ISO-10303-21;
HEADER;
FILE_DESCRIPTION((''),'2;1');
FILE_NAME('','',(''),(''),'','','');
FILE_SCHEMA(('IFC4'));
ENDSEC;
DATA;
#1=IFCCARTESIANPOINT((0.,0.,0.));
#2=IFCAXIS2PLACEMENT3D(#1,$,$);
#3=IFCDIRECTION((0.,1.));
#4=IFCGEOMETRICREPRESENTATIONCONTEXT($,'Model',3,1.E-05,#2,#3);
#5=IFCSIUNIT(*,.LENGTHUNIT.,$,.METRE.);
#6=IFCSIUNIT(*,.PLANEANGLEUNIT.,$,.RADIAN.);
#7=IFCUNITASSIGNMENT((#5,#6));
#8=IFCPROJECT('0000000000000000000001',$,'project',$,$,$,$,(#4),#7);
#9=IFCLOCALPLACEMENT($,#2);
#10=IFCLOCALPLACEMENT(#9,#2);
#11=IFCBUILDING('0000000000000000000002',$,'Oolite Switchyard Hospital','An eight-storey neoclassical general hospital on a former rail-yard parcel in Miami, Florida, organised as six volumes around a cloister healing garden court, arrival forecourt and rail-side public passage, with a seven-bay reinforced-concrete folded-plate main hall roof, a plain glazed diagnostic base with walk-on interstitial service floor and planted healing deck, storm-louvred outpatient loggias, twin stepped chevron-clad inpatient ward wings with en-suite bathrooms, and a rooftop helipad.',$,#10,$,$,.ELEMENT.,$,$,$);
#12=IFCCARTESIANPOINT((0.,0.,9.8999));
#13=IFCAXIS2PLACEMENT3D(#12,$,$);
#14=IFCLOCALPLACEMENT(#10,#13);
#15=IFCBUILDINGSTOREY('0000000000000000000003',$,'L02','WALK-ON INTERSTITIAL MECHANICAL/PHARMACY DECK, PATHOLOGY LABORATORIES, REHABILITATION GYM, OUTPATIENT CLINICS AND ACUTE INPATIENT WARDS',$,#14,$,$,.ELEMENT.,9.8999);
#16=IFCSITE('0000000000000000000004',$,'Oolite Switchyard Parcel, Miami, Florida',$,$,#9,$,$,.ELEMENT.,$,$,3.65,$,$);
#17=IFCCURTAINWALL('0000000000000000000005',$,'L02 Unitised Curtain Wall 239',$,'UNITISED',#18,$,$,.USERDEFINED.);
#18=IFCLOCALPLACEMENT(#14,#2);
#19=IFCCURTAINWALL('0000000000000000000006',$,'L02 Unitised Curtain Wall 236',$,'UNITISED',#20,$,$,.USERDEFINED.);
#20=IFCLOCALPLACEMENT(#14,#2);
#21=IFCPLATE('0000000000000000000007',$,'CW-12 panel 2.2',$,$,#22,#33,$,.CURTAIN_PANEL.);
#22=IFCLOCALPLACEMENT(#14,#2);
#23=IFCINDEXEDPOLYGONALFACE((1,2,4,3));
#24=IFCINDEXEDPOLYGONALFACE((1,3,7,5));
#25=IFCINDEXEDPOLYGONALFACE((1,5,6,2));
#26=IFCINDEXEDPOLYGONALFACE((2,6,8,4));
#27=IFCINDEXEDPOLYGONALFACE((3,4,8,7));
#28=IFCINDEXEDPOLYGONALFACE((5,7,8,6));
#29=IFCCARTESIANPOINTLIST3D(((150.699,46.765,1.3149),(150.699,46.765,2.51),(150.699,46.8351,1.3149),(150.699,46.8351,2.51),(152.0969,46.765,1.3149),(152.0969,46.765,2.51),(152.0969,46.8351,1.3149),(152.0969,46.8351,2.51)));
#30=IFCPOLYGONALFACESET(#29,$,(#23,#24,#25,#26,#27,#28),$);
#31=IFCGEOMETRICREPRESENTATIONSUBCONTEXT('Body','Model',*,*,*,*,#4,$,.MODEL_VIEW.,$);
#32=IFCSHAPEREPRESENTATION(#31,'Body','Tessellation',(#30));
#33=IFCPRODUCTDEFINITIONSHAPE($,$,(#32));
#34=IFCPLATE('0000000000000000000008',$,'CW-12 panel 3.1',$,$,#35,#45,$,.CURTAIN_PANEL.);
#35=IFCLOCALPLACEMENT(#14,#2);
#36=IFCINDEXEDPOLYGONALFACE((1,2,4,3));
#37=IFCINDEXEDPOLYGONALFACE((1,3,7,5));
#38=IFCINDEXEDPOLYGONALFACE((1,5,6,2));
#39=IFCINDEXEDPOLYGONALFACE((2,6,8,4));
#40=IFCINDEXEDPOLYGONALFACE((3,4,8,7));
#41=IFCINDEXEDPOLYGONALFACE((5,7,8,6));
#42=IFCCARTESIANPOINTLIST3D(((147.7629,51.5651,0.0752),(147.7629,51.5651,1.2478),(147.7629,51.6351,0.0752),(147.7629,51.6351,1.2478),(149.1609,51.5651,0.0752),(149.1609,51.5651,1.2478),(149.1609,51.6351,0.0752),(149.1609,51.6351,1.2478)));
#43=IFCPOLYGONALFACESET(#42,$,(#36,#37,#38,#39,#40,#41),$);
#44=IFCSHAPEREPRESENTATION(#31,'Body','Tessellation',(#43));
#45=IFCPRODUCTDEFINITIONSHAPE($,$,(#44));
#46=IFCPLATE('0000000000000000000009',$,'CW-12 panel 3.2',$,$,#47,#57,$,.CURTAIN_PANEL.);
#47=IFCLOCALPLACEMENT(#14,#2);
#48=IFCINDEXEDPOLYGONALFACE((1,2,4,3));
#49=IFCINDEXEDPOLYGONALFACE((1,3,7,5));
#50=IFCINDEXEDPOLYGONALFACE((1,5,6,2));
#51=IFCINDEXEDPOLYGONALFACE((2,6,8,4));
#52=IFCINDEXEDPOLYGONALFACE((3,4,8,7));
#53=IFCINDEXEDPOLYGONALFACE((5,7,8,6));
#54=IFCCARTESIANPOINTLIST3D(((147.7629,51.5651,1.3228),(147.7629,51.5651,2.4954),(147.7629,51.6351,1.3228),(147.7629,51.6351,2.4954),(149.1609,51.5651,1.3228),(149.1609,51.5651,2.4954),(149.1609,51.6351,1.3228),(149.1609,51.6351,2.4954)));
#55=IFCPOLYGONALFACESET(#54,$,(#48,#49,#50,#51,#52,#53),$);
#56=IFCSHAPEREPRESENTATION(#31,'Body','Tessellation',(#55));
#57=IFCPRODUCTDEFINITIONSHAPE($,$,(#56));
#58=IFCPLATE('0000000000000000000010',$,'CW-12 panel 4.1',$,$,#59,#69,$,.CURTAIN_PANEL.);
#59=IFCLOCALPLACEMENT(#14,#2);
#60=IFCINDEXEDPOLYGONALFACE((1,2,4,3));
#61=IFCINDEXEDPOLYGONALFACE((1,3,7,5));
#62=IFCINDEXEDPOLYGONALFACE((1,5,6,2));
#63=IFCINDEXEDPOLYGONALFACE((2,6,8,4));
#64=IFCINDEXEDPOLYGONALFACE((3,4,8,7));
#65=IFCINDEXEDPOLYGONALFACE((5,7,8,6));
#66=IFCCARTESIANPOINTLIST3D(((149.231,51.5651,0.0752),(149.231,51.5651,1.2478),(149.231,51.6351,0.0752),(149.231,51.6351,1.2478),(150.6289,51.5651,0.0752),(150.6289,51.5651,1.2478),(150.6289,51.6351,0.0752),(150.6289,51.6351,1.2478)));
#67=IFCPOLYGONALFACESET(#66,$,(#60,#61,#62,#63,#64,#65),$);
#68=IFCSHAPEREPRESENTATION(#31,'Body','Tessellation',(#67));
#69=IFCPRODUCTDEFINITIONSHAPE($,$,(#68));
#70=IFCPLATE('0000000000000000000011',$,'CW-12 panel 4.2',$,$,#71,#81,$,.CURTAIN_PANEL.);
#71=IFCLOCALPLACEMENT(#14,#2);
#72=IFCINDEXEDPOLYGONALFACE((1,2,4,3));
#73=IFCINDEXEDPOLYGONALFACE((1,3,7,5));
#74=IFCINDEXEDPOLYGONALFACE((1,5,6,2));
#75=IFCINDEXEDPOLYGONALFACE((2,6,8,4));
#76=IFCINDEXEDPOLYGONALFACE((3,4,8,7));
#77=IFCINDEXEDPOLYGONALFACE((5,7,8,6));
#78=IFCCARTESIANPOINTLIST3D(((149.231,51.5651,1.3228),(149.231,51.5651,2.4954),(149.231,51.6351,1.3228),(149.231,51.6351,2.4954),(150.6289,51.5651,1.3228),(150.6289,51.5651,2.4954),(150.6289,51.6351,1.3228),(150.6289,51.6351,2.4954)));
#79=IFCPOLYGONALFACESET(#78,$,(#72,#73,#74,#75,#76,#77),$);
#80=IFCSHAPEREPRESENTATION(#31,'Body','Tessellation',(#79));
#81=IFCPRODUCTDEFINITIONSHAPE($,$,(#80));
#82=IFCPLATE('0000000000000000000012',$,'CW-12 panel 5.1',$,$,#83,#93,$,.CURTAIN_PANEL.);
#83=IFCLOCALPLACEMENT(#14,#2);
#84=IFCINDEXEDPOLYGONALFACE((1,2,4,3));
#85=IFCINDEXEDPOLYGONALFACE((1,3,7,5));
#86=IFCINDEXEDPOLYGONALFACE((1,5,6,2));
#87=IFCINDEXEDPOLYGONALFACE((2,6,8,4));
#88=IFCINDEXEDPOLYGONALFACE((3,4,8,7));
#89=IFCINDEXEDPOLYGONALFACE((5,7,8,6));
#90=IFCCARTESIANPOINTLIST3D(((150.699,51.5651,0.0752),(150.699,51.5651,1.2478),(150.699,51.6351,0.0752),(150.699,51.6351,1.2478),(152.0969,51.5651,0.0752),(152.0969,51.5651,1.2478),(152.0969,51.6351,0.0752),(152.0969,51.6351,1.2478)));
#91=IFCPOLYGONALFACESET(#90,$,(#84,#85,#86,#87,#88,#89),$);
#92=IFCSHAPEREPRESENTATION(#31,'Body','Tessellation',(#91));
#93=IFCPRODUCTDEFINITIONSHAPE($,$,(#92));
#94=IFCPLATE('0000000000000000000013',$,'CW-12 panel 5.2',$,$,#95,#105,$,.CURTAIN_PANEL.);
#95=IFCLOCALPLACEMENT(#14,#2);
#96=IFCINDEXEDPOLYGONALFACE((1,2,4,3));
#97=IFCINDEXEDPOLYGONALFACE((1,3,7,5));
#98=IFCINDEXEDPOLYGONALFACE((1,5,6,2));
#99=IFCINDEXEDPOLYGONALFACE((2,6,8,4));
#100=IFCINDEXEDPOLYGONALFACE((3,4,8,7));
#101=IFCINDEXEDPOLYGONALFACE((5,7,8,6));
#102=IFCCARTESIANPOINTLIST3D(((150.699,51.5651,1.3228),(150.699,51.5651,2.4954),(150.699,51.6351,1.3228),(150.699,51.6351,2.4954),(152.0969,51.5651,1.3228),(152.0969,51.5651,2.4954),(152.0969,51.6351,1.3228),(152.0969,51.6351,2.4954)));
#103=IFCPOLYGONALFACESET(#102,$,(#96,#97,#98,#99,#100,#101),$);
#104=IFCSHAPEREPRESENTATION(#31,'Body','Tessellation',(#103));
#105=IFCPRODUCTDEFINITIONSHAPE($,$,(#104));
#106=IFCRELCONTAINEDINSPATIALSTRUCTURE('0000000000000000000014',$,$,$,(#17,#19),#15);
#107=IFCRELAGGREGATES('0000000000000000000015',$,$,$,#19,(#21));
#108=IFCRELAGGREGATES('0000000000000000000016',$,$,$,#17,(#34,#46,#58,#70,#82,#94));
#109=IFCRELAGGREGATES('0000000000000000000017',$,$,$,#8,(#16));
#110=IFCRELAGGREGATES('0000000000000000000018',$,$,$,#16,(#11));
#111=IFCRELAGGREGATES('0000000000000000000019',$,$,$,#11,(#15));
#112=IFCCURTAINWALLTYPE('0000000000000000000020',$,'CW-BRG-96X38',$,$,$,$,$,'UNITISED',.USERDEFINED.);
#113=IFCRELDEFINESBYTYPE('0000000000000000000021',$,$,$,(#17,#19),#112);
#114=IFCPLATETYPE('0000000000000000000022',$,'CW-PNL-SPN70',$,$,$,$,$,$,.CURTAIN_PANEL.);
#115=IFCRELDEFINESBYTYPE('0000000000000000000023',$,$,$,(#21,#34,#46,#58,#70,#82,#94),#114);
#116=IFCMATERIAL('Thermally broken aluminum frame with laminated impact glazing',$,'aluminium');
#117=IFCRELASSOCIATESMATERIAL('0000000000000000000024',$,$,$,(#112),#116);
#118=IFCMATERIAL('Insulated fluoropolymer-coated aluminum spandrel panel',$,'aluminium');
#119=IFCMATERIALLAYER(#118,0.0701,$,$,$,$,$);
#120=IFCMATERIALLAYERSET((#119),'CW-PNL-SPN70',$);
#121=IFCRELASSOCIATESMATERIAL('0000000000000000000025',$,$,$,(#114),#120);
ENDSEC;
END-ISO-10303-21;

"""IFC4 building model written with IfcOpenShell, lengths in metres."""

from ifc_helpers import new_model, si_unit, direction, frame, origin, origin_2d, place, context, subcontext, project, spatial, rectangle, extrude, material, layer, layer_set, type_object, element, aggregate, save


model = new_model("IFC4")

# Units and contexts
model_context = context("Model", 3, precision=1e-05, world=origin(), true_north=direction((0.0, 1.0)))
body_context = subcontext(model_context, "Body", "Model", "MODEL_VIEW")
ifc_project = project(units=[si_unit("LENGTHUNIT", "METRE"), si_unit("PLANEANGLEUNIT", "RADIAN")], contexts=[model_context])

# Site, building, storey
site_placement = place(None, origin())
site = spatial("IfcSite", under=ifc_project, at=site_placement, Name="Oolite Switchyard Parcel, Miami, Florida", CompositionType="ELEMENT", RefElevation=3.65)
building_placement = place(site_placement, origin())
building = spatial("IfcBuilding", under=site, at=building_placement, Name="Oolite Switchyard Hospital", Description="An eight-storey neoclassical general hospital on a former rail-yard parcel in Miami, Florida, organised as six volumes around a cloister healing garden court, arrival forecourt and rail-side public passage, with a seven-bay reinforced-concrete folded-plate main hall roof, a plain glazed diagnostic base with walk-on interstitial service floor and planted healing deck, storm-louvred outpatient loggias, twin stepped chevron-clad inpatient ward wings with en-suite bathrooms, and a rooftop helipad.", CompositionType="ELEMENT")
storey_placement = place(building_placement, frame((0.0, 0.0, 9.8999)))
storey = spatial("IfcBuildingStorey", under=building, at=storey_placement, Name="L02", Description="WALK-ON INTERSTITIAL MECHANICAL/PHARMACY DECK, PATHOLOGY LABORATORIES, REHABILITATION GYM, OUTPATIENT CLINICS AND ACUTE INPATIENT WARDS", CompositionType="ELEMENT", Elevation=9.8999)

# Curtain walls
ifc_material_1 = material(Name="Thermally broken aluminum frame with laminated impact glazing", Category="aluminium")
curtain_wall_type = type_object("IfcCurtainWallType", Name="CW-BRG-96X38", ElementType="UNITISED", PredefinedType="USERDEFINED", material=ifc_material_1)
curtain_wall_1_placement = place(storey_placement, origin())
curtain_wall_1 = element("IfcCurtainWall", 1, at=curtain_wall_1_placement, inside=storey, type_object=curtain_wall_type, Name="L02 Unitised Curtain Wall 239", ObjectType="UNITISED", PredefinedType="USERDEFINED")
curtain_wall_2_placement = place(storey_placement, origin())
curtain_wall_2 = element("IfcCurtainWall", 2, at=curtain_wall_2_placement, inside=storey, type_object=curtain_wall_type, Name="L02 Unitised Curtain Wall 236", ObjectType="UNITISED", PredefinedType="USERDEFINED")

# Plates
ifc_material_2 = material(Name="Insulated fluoropolymer-coated aluminum spandrel panel", Category="aluminium")
ifc_layer = layer(ifc_material_2, 0.0701)
ifc_layer_set = layer_set([ifc_layer], Name="CW-PNL-SPN70")
plate_type = type_object("IfcPlateType", Name="CW-PNL-SPN70", PredefinedType="CURTAIN_PANEL", material=ifc_layer_set)
plate_1_placement = place(storey_placement, frame((151.3979, 46.8, 1.3149), z_axis=(0.0, 0.0, 1.0), x_axis=(-1.0, 0.0, 0.0)))
plate_1 = element("IfcPlate", 3, at=plate_1_placement, type_object=plate_type, Name="CW-12 panel 2.2", PredefinedType="CURTAIN_PANEL", context=body_context, shape_type="SweptSolid", body=[
    extrude(rectangle(XDim=1.3979, YDim=0.0701, at=origin_2d()), origin(), (0.0, 0.0, 1.0), 1.1951),
])
aggregate(curtain_wall_2, [plate_1])
plate_2_placement = place(storey_placement, frame((148.4619, 51.6001, 0.0752), z_axis=(0.0, 0.0, 1.0), x_axis=(1.0, 0.0, 0.0)))
plate_2 = element("IfcPlate", 4, at=plate_2_placement, type_object=plate_type, Name="CW-12 panel 3.1", PredefinedType="CURTAIN_PANEL", context=body_context, shape_type="SweptSolid", body=[
    extrude(rectangle(XDim=1.3979, YDim=0.0701, at=origin_2d()), origin(), (0.0, 0.0, 1.0), 1.1726),
])
plate_3_placement = place(storey_placement, frame((148.4619, 51.6001, 1.3228), z_axis=(0.0, 0.0, 1.0), x_axis=(1.0, 0.0, 0.0)))
plate_3 = element("IfcPlate", 5, at=plate_3_placement, type_object=plate_type, Name="CW-12 panel 3.2", PredefinedType="CURTAIN_PANEL", context=body_context, shape_type="SweptSolid", body=[
    extrude(rectangle(XDim=1.3979, YDim=0.0701, at=origin_2d()), origin(), (0.0, 0.0, 1.0), 1.1726),
])
plate_4_placement = place(storey_placement, frame((149.9299, 51.6001, 0.0752), z_axis=(0.0, 0.0, 1.0), x_axis=(1.0, 0.0, 0.0)))
plate_4 = element("IfcPlate", 6, at=plate_4_placement, type_object=plate_type, Name="CW-12 panel 4.1", PredefinedType="CURTAIN_PANEL", context=body_context, shape_type="SweptSolid", body=[
    extrude(rectangle(XDim=1.3979, YDim=0.0701, at=origin_2d()), origin(), (0.0, 0.0, 1.0), 1.1726),
])
plate_5_placement = place(storey_placement, frame((149.9299, 51.6001, 1.3228), z_axis=(0.0, 0.0, 1.0), x_axis=(1.0, 0.0, 0.0)))
plate_5 = element("IfcPlate", 7, at=plate_5_placement, type_object=plate_type, Name="CW-12 panel 4.2", PredefinedType="CURTAIN_PANEL", context=body_context, shape_type="SweptSolid", body=[
    extrude(rectangle(XDim=1.3979, YDim=0.0701, at=origin_2d()), origin(), (0.0, 0.0, 1.0), 1.1726),
])
plate_6_placement = place(storey_placement, frame((151.3979, 51.6001, 0.0752), z_axis=(0.0, 0.0, 1.0), x_axis=(1.0, 0.0, 0.0)))
plate_6 = element("IfcPlate", 8, at=plate_6_placement, type_object=plate_type, Name="CW-12 panel 5.1", PredefinedType="CURTAIN_PANEL", context=body_context, shape_type="SweptSolid", body=[
    extrude(rectangle(XDim=1.3979, YDim=0.0701, at=origin_2d()), origin(), (0.0, 0.0, 1.0), 1.1726),
])
plate_7_placement = place(storey_placement, frame((151.3979, 51.6001, 1.3228), z_axis=(0.0, 0.0, 1.0), x_axis=(1.0, 0.0, 0.0)))
plate_7 = element("IfcPlate", 9, at=plate_7_placement, type_object=plate_type, Name="CW-12 panel 5.2", PredefinedType="CURTAIN_PANEL", context=body_context, shape_type="SweptSolid", body=[
    extrude(rectangle(XDim=1.3979, YDim=0.0701, at=origin_2d()), origin(), (0.0, 0.0, 1.0), 1.1726),
])
aggregate(curtain_wall_1, [plate_2, plate_3, plate_4, plate_5, plate_6, plate_7])

save(model, "model.ifc")
